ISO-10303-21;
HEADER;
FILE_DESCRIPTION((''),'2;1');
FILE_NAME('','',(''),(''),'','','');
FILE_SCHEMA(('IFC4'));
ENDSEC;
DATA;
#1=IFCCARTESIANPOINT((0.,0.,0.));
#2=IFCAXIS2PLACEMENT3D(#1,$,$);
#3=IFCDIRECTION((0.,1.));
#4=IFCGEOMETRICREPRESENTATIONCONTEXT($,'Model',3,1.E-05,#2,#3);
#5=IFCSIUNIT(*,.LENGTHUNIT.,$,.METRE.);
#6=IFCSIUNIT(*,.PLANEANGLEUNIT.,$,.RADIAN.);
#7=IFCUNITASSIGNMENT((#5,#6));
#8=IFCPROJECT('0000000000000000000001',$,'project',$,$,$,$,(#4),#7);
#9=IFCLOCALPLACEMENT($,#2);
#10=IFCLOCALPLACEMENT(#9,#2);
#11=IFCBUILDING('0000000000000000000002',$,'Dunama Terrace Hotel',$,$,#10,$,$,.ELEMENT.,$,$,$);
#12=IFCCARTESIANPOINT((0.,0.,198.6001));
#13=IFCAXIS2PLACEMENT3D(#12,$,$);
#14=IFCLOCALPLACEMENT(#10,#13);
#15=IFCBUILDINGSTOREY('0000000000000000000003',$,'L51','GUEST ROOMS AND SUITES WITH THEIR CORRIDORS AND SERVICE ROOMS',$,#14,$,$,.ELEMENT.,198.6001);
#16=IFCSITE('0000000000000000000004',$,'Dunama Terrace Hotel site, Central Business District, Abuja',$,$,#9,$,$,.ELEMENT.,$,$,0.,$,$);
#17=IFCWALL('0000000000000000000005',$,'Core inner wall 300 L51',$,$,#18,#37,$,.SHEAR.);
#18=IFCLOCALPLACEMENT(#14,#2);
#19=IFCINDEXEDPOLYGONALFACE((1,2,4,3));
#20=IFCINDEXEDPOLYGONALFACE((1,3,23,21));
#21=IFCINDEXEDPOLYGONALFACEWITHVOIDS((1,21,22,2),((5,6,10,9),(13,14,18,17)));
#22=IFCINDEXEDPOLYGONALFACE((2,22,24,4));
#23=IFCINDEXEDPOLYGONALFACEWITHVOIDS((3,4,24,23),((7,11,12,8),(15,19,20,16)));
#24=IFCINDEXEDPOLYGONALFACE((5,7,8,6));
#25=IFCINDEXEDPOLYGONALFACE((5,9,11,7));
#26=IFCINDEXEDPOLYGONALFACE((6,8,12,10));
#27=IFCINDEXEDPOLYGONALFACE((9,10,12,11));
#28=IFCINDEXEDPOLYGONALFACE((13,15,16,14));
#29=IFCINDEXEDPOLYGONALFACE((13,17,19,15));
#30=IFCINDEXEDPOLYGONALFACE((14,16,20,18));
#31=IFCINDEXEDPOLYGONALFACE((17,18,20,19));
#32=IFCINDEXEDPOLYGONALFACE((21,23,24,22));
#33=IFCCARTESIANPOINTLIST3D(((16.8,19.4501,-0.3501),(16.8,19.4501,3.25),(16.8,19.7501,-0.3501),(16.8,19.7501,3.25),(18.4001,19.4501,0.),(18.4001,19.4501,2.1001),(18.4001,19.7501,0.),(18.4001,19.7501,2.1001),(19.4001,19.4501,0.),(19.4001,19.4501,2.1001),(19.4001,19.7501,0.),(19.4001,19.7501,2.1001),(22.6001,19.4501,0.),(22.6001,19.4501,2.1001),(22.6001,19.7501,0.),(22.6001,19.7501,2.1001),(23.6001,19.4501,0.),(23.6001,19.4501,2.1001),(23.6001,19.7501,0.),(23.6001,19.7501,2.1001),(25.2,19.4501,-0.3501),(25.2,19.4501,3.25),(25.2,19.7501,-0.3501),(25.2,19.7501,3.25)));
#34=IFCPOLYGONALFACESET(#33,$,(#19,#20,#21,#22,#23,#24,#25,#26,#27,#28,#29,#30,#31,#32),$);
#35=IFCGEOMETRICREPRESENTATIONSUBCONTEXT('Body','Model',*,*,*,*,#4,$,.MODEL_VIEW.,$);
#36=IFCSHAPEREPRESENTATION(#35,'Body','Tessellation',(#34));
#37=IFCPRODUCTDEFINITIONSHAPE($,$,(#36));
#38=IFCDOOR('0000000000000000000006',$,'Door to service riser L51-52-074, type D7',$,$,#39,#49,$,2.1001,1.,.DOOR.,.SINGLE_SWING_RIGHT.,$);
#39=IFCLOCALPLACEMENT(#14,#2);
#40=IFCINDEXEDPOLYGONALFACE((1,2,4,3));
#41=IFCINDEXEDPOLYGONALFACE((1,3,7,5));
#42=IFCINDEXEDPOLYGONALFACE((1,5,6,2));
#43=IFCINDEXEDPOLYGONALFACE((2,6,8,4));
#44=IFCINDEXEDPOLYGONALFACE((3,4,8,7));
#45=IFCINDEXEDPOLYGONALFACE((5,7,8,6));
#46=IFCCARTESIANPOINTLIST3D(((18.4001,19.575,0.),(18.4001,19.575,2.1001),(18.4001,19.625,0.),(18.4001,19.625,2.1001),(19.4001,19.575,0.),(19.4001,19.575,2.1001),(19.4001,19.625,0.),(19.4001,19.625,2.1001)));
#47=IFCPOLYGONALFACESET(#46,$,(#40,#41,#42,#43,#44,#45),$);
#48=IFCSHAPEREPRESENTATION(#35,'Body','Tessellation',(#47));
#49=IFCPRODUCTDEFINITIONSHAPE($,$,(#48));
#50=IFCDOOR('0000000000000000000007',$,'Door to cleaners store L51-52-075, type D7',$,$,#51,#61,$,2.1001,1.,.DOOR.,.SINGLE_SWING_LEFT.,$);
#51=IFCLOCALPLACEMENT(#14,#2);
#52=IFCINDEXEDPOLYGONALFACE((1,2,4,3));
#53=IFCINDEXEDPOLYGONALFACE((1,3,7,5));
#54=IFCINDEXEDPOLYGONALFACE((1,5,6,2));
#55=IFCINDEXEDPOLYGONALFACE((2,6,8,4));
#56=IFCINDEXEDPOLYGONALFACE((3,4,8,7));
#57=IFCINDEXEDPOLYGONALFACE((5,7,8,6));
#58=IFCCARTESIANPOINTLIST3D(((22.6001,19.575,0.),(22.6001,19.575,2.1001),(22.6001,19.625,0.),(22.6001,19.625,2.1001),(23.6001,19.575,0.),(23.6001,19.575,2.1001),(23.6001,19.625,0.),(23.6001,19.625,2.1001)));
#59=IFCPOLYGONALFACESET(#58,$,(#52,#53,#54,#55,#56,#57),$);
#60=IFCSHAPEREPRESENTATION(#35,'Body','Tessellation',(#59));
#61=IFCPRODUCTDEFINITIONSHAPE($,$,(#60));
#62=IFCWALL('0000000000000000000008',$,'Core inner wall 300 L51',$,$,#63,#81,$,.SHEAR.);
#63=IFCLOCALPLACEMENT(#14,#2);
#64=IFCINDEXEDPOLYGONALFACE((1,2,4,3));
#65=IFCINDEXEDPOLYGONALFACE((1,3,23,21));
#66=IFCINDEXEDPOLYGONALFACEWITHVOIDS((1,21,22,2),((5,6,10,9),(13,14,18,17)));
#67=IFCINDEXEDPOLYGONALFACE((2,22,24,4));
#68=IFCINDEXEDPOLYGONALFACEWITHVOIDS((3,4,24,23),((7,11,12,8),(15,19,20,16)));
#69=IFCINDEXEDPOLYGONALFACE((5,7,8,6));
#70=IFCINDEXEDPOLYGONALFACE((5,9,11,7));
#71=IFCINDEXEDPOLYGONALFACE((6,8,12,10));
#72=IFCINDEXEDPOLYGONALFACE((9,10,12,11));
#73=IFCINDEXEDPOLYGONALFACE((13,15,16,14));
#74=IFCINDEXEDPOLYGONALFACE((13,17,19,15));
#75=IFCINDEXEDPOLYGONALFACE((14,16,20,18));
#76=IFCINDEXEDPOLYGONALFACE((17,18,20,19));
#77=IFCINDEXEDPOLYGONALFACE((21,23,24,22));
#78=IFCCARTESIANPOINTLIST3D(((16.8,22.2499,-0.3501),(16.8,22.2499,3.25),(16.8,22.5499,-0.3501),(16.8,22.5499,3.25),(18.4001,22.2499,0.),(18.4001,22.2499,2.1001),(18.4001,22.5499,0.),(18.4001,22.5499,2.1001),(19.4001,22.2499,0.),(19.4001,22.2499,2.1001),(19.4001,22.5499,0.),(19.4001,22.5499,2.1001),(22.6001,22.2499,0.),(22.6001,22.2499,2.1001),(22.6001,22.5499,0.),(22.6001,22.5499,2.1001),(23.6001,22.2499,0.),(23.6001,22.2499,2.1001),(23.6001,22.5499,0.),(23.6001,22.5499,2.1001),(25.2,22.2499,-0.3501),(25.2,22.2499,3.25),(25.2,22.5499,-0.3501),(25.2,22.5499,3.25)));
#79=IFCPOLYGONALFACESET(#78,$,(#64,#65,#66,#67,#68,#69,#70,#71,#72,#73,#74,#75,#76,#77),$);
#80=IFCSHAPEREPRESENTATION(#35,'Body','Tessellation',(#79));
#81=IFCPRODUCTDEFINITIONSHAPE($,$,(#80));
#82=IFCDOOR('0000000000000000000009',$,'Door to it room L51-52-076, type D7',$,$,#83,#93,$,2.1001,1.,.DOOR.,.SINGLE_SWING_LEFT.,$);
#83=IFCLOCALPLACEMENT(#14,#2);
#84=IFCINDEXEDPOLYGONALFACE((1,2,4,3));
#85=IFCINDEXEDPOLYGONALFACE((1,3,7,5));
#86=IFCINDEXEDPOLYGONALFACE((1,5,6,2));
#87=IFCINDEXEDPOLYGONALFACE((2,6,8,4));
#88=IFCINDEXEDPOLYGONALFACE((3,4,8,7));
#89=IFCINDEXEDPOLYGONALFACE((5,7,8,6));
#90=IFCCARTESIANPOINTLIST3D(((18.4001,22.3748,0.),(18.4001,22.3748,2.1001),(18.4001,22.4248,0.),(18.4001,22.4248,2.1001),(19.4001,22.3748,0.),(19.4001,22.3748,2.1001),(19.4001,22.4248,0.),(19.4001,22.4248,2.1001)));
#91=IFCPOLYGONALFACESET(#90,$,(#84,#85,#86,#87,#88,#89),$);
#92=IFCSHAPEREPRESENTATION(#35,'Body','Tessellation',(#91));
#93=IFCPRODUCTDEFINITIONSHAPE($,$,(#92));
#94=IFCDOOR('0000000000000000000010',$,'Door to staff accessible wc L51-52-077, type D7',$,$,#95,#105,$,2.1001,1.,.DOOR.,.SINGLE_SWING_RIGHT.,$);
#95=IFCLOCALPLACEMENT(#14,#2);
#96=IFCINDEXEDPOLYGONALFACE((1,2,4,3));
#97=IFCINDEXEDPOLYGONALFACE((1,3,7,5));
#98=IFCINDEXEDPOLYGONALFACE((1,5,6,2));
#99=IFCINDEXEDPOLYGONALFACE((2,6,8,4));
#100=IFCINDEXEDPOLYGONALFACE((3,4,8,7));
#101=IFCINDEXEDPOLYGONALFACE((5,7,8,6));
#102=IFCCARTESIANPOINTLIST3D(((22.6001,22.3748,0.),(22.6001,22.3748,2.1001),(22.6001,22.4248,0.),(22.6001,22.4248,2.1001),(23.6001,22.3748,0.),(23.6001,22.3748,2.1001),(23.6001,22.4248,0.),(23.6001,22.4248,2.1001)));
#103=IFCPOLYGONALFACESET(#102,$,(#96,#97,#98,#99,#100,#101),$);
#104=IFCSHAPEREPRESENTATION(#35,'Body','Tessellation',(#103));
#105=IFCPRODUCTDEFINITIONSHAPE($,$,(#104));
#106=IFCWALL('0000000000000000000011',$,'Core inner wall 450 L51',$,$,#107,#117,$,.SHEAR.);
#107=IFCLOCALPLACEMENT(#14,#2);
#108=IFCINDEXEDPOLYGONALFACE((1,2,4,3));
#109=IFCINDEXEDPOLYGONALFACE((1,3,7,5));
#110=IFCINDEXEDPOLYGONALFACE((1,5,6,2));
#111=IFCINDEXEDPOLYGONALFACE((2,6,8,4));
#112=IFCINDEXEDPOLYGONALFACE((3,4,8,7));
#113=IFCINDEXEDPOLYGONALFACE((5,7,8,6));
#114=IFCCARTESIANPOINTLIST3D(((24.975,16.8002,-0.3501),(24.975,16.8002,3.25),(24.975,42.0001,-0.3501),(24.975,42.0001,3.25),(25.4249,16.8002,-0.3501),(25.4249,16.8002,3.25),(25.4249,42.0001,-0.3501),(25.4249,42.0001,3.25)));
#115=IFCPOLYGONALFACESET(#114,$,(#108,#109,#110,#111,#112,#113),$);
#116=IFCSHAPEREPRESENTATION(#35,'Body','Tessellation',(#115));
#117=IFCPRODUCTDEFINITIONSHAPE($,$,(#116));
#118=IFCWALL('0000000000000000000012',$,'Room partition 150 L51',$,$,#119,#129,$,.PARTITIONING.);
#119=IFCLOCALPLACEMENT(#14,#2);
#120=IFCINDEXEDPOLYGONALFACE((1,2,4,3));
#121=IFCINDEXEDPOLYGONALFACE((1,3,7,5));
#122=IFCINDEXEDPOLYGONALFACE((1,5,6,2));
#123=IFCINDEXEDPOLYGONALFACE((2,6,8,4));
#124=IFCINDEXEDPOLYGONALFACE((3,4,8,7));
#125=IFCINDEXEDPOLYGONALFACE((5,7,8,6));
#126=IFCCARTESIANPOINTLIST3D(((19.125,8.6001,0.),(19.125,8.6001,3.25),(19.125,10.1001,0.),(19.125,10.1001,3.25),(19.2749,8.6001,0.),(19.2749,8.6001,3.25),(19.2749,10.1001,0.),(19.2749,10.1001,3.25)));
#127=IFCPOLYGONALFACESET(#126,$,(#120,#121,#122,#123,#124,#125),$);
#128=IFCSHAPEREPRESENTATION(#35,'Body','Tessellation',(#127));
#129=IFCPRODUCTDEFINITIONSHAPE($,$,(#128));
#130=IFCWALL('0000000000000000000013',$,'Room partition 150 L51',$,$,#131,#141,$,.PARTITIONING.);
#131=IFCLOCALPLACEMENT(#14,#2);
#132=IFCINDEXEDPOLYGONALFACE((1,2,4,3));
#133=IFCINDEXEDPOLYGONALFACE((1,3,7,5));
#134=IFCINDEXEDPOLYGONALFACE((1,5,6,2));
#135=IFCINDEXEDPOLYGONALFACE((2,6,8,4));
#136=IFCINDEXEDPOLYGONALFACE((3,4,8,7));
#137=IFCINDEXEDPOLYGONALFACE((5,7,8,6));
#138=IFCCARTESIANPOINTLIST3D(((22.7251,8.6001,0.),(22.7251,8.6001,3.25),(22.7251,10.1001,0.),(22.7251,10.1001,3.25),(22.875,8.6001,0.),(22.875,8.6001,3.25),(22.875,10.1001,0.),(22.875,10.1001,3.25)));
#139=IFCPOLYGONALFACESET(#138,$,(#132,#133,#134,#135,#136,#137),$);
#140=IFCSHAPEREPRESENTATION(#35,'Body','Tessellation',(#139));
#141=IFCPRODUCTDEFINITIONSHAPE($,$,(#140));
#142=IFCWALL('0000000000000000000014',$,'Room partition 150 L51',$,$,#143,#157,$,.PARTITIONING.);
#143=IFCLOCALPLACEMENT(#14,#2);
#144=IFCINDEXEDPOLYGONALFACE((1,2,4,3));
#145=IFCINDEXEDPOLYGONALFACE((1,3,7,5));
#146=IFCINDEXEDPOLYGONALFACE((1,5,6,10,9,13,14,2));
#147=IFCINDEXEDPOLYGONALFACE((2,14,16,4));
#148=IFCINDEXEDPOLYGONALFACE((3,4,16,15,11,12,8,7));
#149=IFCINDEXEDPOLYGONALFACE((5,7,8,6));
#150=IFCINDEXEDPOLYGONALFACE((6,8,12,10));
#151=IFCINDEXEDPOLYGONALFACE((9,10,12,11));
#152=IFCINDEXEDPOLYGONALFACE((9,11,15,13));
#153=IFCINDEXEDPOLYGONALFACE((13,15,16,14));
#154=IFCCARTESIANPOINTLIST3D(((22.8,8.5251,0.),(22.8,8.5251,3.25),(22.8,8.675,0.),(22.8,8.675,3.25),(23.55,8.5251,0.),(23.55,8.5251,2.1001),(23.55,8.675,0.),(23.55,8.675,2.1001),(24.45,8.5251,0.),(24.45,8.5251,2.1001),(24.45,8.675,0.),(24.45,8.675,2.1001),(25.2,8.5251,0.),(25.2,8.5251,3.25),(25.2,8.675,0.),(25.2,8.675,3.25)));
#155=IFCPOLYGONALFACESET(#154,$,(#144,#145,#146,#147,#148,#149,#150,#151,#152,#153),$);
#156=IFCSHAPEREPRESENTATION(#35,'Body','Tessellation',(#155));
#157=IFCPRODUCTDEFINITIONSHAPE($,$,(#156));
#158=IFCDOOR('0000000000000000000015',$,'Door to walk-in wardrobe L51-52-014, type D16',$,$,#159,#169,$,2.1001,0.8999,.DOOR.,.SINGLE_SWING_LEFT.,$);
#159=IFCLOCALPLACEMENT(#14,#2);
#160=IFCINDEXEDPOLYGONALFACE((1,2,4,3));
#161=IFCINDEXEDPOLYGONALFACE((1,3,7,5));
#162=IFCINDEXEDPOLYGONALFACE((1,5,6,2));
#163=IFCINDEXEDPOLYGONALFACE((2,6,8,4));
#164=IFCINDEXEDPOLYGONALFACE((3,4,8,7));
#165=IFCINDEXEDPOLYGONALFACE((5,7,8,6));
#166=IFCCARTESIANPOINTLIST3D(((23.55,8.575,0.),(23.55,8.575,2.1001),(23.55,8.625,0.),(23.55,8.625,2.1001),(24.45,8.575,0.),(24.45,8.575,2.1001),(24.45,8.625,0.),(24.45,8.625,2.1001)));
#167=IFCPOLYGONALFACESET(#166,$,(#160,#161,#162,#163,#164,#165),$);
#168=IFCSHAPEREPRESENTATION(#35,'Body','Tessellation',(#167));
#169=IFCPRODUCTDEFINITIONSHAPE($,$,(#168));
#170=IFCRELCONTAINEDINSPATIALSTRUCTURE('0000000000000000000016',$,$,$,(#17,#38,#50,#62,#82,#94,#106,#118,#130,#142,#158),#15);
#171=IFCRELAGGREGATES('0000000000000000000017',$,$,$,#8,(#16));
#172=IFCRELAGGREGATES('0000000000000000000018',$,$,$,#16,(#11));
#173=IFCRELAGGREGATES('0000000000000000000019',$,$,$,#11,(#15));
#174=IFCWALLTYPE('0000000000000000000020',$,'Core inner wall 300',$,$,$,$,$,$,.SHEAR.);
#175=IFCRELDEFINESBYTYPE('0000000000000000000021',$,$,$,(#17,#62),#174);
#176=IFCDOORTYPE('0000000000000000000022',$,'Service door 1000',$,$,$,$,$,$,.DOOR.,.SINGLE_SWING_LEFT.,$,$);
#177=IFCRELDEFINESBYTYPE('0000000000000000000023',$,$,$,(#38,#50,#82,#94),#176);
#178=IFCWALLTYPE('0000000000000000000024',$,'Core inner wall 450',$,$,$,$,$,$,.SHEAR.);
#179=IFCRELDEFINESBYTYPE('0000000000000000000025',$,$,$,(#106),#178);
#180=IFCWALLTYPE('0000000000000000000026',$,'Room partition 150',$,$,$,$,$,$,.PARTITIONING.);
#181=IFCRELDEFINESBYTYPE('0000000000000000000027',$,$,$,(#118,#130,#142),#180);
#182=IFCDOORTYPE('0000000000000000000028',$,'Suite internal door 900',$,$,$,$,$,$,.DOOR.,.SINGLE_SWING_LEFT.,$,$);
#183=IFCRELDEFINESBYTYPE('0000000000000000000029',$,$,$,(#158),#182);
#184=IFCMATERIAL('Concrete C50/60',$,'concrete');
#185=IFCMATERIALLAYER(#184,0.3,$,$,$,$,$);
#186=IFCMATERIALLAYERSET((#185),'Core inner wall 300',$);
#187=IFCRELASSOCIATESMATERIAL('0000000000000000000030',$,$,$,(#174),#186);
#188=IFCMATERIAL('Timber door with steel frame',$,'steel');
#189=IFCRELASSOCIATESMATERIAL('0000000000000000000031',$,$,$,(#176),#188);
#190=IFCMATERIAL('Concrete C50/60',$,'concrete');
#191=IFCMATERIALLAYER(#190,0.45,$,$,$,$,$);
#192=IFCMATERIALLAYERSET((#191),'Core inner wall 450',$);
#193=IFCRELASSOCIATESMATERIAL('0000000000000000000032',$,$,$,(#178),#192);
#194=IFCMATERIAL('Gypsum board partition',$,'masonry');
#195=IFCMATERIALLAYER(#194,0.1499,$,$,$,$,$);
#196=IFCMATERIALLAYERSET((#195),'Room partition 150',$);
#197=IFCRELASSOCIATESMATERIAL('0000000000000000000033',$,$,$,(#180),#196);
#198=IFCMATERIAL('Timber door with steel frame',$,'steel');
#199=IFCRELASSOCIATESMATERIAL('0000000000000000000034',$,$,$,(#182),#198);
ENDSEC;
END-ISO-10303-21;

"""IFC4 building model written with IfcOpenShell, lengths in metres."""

from ifc_helpers import new_model, si_unit, direction, frame, frame_2d, origin, place, context, subcontext, project, spatial, rectangle, extrude, material, layer, layer_set, type_object, element, fill, save


model = new_model("IFC4")

# Units and contexts
model_context = context("Model", 3, precision=1e-05, world=origin(), true_north=direction((0.0, 1.0)))
body_context = subcontext(model_context, "Body", "Model", "MODEL_VIEW")
ifc_project = project(units=[si_unit("LENGTHUNIT", "METRE"), si_unit("PLANEANGLEUNIT", "RADIAN")], contexts=[model_context])

# Site, building, storey
site_placement = place(None, origin())
site = spatial("IfcSite", under=ifc_project, at=site_placement, Name="Dunama Terrace Hotel site, Central Business District, Abuja", CompositionType="ELEMENT", RefElevation=0.0)
building_placement = place(site_placement, origin())
building = spatial("IfcBuilding", under=site, at=building_placement, Name="Dunama Terrace Hotel", CompositionType="ELEMENT")
storey_placement = place(building_placement, frame((0.0, 0.0, 198.6001)))
storey = spatial("IfcBuildingStorey", under=building, at=storey_placement, Name="L51", Description="GUEST ROOMS AND SUITES WITH THEIR CORRIDORS AND SERVICE ROOMS", CompositionType="ELEMENT", Elevation=198.6001)

# Shared definitions
ifc_material_1 = material(Name="Concrete C50/60", Category="concrete")
ifc_layer_1 = layer(ifc_material_1, 0.3)
ifc_layer_set_1 = layer_set([ifc_layer_1], Name="Core inner wall 300")
wall_type_1 = type_object("IfcWallType", Name="Core inner wall 300", PredefinedType="SHEAR", material=ifc_layer_set_1)

# Walls, openings, doors
wall_1_placement = place(storey_placement, frame((16.8, 19.6001, -0.3501), z_axis=(0.0, 0.0, 1.0), x_axis=(1.0, 0.0, 0.0)))
wall_1 = element("IfcWall", 1, at=wall_1_placement, inside=storey, type_object=wall_type_1, Name="Core inner wall 300 L51", PredefinedType="SHEAR", context=body_context, shape_type="SweptSolid", body=[
    extrude(rectangle(XDim=8.3999, YDim=0.3, at=frame_2d((4.2, 0.0))), origin(), (0.0, 0.0, 1.0), 3.6001),
])
opening_1_placement = place(wall_1_placement, frame((1.6001, 0.0, 0.3501)))
opening_1 = element("IfcOpeningElement", 2, at=opening_1_placement, cuts=wall_1, PredefinedType="OPENING", context=body_context, shape_type="SweptSolid", body=[
    extrude(rectangle(XDim=1.0, YDim=2.1001, at=frame_2d((0.5, 1.05))), frame((0.0, 0.1599, 0.0), z_axis=(0.0, -1.0, 0.0), x_axis=(1.0, 0.0, 0.0)), (0.0, 0.0, 1.0), 0.3201),
])
opening_2_placement = place(wall_1_placement, frame((5.8, 0.0, 0.3501)))
opening_2 = element("IfcOpeningElement", 3, at=opening_2_placement, cuts=wall_1, PredefinedType="OPENING", context=body_context, shape_type="SweptSolid", body=[
    extrude(rectangle(XDim=1.0, YDim=2.1001, at=frame_2d((0.5, 1.05))), frame((0.0, 0.1599, 0.0), z_axis=(0.0, -1.0, 0.0), x_axis=(1.0, 0.0, 0.0)), (0.0, 0.0, 1.0), 0.3201),
])
ifc_material_2 = material(Name="Timber door with steel frame", Category="steel")
door_type_1 = type_object("IfcDoorType", Name="Service door 1000", OperationType="SINGLE_SWING_LEFT", PredefinedType="DOOR", material=ifc_material_2)
door_1_placement = place(opening_1_placement, frame((1.0, 0.0, 0.0), z_axis=(0.0, 0.0, 1.0), x_axis=(-1.0, 0.0, 0.0)))
door_1 = element("IfcDoor", 4, at=door_1_placement, inside=storey, type_object=door_type_1, Name="Door to service riser L51-52-074, type D7", OperationType="SINGLE_SWING_RIGHT", OverallHeight=2.1001, OverallWidth=1.0, PredefinedType="DOOR", context=body_context, shape_type="SweptSolid", body=[
    extrude(rectangle(XDim=1.0, YDim=2.1001, at=frame_2d((0.5, 1.05))), frame((0.0, 0.0251, 0.0), z_axis=(0.0, -1.0, 0.0), x_axis=(1.0, 0.0, 0.0)), (0.0, 0.0, 1.0), 0.05),
])
fill(opening_1, door_1)
door_2_placement = place(opening_2_placement, frame((1.0, 0.0, 0.0), z_axis=(0.0, 0.0, 1.0), x_axis=(-1.0, 0.0, 0.0)))
door_2 = element("IfcDoor", 5, at=door_2_placement, inside=storey, type_object=door_type_1, Name="Door to cleaners store L51-52-075, type D7", OperationType="SINGLE_SWING_LEFT", OverallHeight=2.1001, OverallWidth=1.0, PredefinedType="DOOR", context=body_context, shape_type="SweptSolid", body=[
    extrude(rectangle(XDim=1.0, YDim=2.1001, at=frame_2d((0.5, 1.05))), frame((0.0, 0.0251, 0.0), z_axis=(0.0, -1.0, 0.0), x_axis=(1.0, 0.0, 0.0)), (0.0, 0.0, 1.0), 0.05),
])
fill(opening_2, door_2)
wall_2_placement = place(storey_placement, frame((16.8, 22.3999, -0.3501), z_axis=(0.0, 0.0, 1.0), x_axis=(1.0, 0.0, 0.0)))
wall_2 = element("IfcWall", 6, at=wall_2_placement, inside=storey, type_object=wall_type_1, Name="Core inner wall 300 L51", PredefinedType="SHEAR", context=body_context, shape_type="SweptSolid", body=[
    extrude(rectangle(XDim=8.3999, YDim=0.3, at=frame_2d((4.2, 0.0))), origin(), (0.0, 0.0, 1.0), 3.6001),
])
opening_3_placement = place(wall_2_placement, frame((1.6001, 0.0, 0.3501)))
opening_3 = element("IfcOpeningElement", 7, at=opening_3_placement, cuts=wall_2, PredefinedType="OPENING", context=body_context, shape_type="SweptSolid", body=[
    extrude(rectangle(XDim=1.0, YDim=2.1001, at=frame_2d((0.5, 1.05))), frame((0.0, 0.1599, 0.0), z_axis=(0.0, -1.0, 0.0), x_axis=(1.0, 0.0, 0.0)), (0.0, 0.0, 1.0), 0.3201),
])
opening_4_placement = place(wall_2_placement, frame((5.8, 0.0, 0.3501)))
opening_4 = element("IfcOpeningElement", 8, at=opening_4_placement, cuts=wall_2, PredefinedType="OPENING", context=body_context, shape_type="SweptSolid", body=[
    extrude(rectangle(XDim=1.0, YDim=2.1001, at=frame_2d((0.5, 1.05))), frame((0.0, 0.1599, 0.0), z_axis=(0.0, -1.0, 0.0), x_axis=(1.0, 0.0, 0.0)), (0.0, 0.0, 1.0), 0.3201),
])
door_3_placement = place(opening_3_placement, origin())
door_3 = element("IfcDoor", 9, at=door_3_placement, inside=storey, type_object=door_type_1, Name="Door to it room L51-52-076, type D7", OperationType="SINGLE_SWING_LEFT", OverallHeight=2.1001, OverallWidth=1.0, PredefinedType="DOOR", context=body_context, shape_type="SweptSolid", body=[
    extrude(rectangle(XDim=1.0, YDim=2.1001, at=frame_2d((0.5, 1.05))), frame((0.0, 0.0249, 0.0), z_axis=(0.0, -1.0, 0.0), x_axis=(1.0, 0.0, 0.0)), (0.0, 0.0, 1.0), 0.05),
])
fill(opening_3, door_3)
door_4_placement = place(opening_4_placement, origin())
door_4 = element("IfcDoor", 10, at=door_4_placement, inside=storey, type_object=door_type_1, Name="Door to staff accessible wc L51-52-077, type D7", OperationType="SINGLE_SWING_RIGHT", OverallHeight=2.1001, OverallWidth=1.0, PredefinedType="DOOR", context=body_context, shape_type="SweptSolid", body=[
    extrude(rectangle(XDim=1.0, YDim=2.1001, at=frame_2d((0.5, 1.05))), frame((0.0, 0.0249, 0.0), z_axis=(0.0, -1.0, 0.0), x_axis=(1.0, 0.0, 0.0)), (0.0, 0.0, 1.0), 0.05),
])
fill(opening_4, door_4)

# Walls
ifc_material_3 = material(Name="Concrete C50/60", Category="concrete")
ifc_layer_2 = layer(ifc_material_3, 0.45)
ifc_layer_set_2 = layer_set([ifc_layer_2], Name="Core inner wall 450")
wall_type_2 = type_object("IfcWallType", Name="Core inner wall 450", PredefinedType="SHEAR", material=ifc_layer_set_2)
wall_3_placement = place(storey_placement, frame((25.2, 16.8, -0.3501), z_axis=(0.0, 0.0, 1.0), x_axis=(0.0, 1.0, 0.0)))
element("IfcWall", 11, at=wall_3_placement, inside=storey, type_object=wall_type_2, Name="Core inner wall 450 L51", PredefinedType="SHEAR", context=body_context, shape_type="SweptSolid", body=[
    extrude(rectangle(XDim=25.2, YDim=0.45, at=frame_2d((12.6001, 0.0))), origin(), (0.0, 0.0, 1.0), 3.6001),
])
ifc_material_4 = material(Name="Gypsum board partition", Category="masonry")
ifc_layer_3 = layer(ifc_material_4, 0.1499)
ifc_layer_set_3 = layer_set([ifc_layer_3], Name="Room partition 150")
wall_type_3 = type_object("IfcWallType", Name="Room partition 150", PredefinedType="PARTITIONING", material=ifc_layer_set_3)
for number, where, z_axis, x_axis, name in (
    (12, (19.2, 8.6001, 0.0), (0.0, 0.0, 1.0), (0.0, 1.0, 0.0), "Room partition 150 L51"),
    (13, (22.8, 8.6001, 0.0), (0.0, 0.0, 1.0), (0.0, 1.0, 0.0), "Room partition 150 L51"),
):
    element("IfcWall", number, at=place(storey_placement, frame(where, z_axis=z_axis, x_axis=x_axis)), inside=storey, type_object=wall_type_3, Name=name, PredefinedType="PARTITIONING", context=body_context, shape_type="SweptSolid", body=[
        extrude(rectangle(XDim=1.5, YDim=0.1499, at=frame_2d((0.75, 0.0))), origin(), (0.0, 0.0, 1.0), 3.25),
    ])

# Wall, opening, door
wall_4_placement = place(storey_placement, frame((22.8, 8.6001, 0.0), z_axis=(0.0, 0.0, 1.0), x_axis=(1.0, 0.0, 0.0)))
wall_4 = element("IfcWall", 14, at=wall_4_placement, inside=storey, type_object=wall_type_3, Name="Room partition 150 L51", PredefinedType="PARTITIONING", context=body_context, shape_type="SweptSolid", body=[
    extrude(rectangle(XDim=2.3999, YDim=0.1499, at=frame_2d((1.2, 0.0))), origin(), (0.0, 0.0, 1.0), 3.25),
])
opening_5_placement = place(wall_4_placement, frame((0.75, 0.0, 0.0)))
opening_5 = element("IfcOpeningElement", 15, at=opening_5_placement, cuts=wall_4, PredefinedType="OPENING", context=body_context, shape_type="SweptSolid", body=[
    extrude(rectangle(XDim=0.8999, YDim=2.1001, at=frame_2d((0.45, 1.05))), frame((0.0, 0.085, 0.0), z_axis=(0.0, -1.0, 0.0), x_axis=(1.0, 0.0, 0.0)), (0.0, 0.0, 1.0), 0.1699),
])
ifc_material_5 = material(Name="Timber door with steel frame", Category="steel")
door_type_2 = type_object("IfcDoorType", Name="Suite internal door 900", OperationType="SINGLE_SWING_LEFT", PredefinedType="DOOR", material=ifc_material_5)
door_5_placement = place(opening_5_placement, origin())
door_5 = element("IfcDoor", 16, at=door_5_placement, inside=storey, type_object=door_type_2, Name="Door to walk-in wardrobe L51-52-014, type D16", OperationType="SINGLE_SWING_LEFT", OverallHeight=2.1001, OverallWidth=0.8999, PredefinedType="DOOR", context=body_context, shape_type="SweptSolid", body=[
    extrude(rectangle(XDim=0.8999, YDim=2.1001, at=frame_2d((0.45, 1.05))), frame((0.0, 0.0249, 0.0), z_axis=(0.0, -1.0, 0.0), x_axis=(1.0, 0.0, 0.0)), (0.0, 0.0, 1.0), 0.05),
])
fill(opening_5, door_5)

save(model, "model.ifc")
